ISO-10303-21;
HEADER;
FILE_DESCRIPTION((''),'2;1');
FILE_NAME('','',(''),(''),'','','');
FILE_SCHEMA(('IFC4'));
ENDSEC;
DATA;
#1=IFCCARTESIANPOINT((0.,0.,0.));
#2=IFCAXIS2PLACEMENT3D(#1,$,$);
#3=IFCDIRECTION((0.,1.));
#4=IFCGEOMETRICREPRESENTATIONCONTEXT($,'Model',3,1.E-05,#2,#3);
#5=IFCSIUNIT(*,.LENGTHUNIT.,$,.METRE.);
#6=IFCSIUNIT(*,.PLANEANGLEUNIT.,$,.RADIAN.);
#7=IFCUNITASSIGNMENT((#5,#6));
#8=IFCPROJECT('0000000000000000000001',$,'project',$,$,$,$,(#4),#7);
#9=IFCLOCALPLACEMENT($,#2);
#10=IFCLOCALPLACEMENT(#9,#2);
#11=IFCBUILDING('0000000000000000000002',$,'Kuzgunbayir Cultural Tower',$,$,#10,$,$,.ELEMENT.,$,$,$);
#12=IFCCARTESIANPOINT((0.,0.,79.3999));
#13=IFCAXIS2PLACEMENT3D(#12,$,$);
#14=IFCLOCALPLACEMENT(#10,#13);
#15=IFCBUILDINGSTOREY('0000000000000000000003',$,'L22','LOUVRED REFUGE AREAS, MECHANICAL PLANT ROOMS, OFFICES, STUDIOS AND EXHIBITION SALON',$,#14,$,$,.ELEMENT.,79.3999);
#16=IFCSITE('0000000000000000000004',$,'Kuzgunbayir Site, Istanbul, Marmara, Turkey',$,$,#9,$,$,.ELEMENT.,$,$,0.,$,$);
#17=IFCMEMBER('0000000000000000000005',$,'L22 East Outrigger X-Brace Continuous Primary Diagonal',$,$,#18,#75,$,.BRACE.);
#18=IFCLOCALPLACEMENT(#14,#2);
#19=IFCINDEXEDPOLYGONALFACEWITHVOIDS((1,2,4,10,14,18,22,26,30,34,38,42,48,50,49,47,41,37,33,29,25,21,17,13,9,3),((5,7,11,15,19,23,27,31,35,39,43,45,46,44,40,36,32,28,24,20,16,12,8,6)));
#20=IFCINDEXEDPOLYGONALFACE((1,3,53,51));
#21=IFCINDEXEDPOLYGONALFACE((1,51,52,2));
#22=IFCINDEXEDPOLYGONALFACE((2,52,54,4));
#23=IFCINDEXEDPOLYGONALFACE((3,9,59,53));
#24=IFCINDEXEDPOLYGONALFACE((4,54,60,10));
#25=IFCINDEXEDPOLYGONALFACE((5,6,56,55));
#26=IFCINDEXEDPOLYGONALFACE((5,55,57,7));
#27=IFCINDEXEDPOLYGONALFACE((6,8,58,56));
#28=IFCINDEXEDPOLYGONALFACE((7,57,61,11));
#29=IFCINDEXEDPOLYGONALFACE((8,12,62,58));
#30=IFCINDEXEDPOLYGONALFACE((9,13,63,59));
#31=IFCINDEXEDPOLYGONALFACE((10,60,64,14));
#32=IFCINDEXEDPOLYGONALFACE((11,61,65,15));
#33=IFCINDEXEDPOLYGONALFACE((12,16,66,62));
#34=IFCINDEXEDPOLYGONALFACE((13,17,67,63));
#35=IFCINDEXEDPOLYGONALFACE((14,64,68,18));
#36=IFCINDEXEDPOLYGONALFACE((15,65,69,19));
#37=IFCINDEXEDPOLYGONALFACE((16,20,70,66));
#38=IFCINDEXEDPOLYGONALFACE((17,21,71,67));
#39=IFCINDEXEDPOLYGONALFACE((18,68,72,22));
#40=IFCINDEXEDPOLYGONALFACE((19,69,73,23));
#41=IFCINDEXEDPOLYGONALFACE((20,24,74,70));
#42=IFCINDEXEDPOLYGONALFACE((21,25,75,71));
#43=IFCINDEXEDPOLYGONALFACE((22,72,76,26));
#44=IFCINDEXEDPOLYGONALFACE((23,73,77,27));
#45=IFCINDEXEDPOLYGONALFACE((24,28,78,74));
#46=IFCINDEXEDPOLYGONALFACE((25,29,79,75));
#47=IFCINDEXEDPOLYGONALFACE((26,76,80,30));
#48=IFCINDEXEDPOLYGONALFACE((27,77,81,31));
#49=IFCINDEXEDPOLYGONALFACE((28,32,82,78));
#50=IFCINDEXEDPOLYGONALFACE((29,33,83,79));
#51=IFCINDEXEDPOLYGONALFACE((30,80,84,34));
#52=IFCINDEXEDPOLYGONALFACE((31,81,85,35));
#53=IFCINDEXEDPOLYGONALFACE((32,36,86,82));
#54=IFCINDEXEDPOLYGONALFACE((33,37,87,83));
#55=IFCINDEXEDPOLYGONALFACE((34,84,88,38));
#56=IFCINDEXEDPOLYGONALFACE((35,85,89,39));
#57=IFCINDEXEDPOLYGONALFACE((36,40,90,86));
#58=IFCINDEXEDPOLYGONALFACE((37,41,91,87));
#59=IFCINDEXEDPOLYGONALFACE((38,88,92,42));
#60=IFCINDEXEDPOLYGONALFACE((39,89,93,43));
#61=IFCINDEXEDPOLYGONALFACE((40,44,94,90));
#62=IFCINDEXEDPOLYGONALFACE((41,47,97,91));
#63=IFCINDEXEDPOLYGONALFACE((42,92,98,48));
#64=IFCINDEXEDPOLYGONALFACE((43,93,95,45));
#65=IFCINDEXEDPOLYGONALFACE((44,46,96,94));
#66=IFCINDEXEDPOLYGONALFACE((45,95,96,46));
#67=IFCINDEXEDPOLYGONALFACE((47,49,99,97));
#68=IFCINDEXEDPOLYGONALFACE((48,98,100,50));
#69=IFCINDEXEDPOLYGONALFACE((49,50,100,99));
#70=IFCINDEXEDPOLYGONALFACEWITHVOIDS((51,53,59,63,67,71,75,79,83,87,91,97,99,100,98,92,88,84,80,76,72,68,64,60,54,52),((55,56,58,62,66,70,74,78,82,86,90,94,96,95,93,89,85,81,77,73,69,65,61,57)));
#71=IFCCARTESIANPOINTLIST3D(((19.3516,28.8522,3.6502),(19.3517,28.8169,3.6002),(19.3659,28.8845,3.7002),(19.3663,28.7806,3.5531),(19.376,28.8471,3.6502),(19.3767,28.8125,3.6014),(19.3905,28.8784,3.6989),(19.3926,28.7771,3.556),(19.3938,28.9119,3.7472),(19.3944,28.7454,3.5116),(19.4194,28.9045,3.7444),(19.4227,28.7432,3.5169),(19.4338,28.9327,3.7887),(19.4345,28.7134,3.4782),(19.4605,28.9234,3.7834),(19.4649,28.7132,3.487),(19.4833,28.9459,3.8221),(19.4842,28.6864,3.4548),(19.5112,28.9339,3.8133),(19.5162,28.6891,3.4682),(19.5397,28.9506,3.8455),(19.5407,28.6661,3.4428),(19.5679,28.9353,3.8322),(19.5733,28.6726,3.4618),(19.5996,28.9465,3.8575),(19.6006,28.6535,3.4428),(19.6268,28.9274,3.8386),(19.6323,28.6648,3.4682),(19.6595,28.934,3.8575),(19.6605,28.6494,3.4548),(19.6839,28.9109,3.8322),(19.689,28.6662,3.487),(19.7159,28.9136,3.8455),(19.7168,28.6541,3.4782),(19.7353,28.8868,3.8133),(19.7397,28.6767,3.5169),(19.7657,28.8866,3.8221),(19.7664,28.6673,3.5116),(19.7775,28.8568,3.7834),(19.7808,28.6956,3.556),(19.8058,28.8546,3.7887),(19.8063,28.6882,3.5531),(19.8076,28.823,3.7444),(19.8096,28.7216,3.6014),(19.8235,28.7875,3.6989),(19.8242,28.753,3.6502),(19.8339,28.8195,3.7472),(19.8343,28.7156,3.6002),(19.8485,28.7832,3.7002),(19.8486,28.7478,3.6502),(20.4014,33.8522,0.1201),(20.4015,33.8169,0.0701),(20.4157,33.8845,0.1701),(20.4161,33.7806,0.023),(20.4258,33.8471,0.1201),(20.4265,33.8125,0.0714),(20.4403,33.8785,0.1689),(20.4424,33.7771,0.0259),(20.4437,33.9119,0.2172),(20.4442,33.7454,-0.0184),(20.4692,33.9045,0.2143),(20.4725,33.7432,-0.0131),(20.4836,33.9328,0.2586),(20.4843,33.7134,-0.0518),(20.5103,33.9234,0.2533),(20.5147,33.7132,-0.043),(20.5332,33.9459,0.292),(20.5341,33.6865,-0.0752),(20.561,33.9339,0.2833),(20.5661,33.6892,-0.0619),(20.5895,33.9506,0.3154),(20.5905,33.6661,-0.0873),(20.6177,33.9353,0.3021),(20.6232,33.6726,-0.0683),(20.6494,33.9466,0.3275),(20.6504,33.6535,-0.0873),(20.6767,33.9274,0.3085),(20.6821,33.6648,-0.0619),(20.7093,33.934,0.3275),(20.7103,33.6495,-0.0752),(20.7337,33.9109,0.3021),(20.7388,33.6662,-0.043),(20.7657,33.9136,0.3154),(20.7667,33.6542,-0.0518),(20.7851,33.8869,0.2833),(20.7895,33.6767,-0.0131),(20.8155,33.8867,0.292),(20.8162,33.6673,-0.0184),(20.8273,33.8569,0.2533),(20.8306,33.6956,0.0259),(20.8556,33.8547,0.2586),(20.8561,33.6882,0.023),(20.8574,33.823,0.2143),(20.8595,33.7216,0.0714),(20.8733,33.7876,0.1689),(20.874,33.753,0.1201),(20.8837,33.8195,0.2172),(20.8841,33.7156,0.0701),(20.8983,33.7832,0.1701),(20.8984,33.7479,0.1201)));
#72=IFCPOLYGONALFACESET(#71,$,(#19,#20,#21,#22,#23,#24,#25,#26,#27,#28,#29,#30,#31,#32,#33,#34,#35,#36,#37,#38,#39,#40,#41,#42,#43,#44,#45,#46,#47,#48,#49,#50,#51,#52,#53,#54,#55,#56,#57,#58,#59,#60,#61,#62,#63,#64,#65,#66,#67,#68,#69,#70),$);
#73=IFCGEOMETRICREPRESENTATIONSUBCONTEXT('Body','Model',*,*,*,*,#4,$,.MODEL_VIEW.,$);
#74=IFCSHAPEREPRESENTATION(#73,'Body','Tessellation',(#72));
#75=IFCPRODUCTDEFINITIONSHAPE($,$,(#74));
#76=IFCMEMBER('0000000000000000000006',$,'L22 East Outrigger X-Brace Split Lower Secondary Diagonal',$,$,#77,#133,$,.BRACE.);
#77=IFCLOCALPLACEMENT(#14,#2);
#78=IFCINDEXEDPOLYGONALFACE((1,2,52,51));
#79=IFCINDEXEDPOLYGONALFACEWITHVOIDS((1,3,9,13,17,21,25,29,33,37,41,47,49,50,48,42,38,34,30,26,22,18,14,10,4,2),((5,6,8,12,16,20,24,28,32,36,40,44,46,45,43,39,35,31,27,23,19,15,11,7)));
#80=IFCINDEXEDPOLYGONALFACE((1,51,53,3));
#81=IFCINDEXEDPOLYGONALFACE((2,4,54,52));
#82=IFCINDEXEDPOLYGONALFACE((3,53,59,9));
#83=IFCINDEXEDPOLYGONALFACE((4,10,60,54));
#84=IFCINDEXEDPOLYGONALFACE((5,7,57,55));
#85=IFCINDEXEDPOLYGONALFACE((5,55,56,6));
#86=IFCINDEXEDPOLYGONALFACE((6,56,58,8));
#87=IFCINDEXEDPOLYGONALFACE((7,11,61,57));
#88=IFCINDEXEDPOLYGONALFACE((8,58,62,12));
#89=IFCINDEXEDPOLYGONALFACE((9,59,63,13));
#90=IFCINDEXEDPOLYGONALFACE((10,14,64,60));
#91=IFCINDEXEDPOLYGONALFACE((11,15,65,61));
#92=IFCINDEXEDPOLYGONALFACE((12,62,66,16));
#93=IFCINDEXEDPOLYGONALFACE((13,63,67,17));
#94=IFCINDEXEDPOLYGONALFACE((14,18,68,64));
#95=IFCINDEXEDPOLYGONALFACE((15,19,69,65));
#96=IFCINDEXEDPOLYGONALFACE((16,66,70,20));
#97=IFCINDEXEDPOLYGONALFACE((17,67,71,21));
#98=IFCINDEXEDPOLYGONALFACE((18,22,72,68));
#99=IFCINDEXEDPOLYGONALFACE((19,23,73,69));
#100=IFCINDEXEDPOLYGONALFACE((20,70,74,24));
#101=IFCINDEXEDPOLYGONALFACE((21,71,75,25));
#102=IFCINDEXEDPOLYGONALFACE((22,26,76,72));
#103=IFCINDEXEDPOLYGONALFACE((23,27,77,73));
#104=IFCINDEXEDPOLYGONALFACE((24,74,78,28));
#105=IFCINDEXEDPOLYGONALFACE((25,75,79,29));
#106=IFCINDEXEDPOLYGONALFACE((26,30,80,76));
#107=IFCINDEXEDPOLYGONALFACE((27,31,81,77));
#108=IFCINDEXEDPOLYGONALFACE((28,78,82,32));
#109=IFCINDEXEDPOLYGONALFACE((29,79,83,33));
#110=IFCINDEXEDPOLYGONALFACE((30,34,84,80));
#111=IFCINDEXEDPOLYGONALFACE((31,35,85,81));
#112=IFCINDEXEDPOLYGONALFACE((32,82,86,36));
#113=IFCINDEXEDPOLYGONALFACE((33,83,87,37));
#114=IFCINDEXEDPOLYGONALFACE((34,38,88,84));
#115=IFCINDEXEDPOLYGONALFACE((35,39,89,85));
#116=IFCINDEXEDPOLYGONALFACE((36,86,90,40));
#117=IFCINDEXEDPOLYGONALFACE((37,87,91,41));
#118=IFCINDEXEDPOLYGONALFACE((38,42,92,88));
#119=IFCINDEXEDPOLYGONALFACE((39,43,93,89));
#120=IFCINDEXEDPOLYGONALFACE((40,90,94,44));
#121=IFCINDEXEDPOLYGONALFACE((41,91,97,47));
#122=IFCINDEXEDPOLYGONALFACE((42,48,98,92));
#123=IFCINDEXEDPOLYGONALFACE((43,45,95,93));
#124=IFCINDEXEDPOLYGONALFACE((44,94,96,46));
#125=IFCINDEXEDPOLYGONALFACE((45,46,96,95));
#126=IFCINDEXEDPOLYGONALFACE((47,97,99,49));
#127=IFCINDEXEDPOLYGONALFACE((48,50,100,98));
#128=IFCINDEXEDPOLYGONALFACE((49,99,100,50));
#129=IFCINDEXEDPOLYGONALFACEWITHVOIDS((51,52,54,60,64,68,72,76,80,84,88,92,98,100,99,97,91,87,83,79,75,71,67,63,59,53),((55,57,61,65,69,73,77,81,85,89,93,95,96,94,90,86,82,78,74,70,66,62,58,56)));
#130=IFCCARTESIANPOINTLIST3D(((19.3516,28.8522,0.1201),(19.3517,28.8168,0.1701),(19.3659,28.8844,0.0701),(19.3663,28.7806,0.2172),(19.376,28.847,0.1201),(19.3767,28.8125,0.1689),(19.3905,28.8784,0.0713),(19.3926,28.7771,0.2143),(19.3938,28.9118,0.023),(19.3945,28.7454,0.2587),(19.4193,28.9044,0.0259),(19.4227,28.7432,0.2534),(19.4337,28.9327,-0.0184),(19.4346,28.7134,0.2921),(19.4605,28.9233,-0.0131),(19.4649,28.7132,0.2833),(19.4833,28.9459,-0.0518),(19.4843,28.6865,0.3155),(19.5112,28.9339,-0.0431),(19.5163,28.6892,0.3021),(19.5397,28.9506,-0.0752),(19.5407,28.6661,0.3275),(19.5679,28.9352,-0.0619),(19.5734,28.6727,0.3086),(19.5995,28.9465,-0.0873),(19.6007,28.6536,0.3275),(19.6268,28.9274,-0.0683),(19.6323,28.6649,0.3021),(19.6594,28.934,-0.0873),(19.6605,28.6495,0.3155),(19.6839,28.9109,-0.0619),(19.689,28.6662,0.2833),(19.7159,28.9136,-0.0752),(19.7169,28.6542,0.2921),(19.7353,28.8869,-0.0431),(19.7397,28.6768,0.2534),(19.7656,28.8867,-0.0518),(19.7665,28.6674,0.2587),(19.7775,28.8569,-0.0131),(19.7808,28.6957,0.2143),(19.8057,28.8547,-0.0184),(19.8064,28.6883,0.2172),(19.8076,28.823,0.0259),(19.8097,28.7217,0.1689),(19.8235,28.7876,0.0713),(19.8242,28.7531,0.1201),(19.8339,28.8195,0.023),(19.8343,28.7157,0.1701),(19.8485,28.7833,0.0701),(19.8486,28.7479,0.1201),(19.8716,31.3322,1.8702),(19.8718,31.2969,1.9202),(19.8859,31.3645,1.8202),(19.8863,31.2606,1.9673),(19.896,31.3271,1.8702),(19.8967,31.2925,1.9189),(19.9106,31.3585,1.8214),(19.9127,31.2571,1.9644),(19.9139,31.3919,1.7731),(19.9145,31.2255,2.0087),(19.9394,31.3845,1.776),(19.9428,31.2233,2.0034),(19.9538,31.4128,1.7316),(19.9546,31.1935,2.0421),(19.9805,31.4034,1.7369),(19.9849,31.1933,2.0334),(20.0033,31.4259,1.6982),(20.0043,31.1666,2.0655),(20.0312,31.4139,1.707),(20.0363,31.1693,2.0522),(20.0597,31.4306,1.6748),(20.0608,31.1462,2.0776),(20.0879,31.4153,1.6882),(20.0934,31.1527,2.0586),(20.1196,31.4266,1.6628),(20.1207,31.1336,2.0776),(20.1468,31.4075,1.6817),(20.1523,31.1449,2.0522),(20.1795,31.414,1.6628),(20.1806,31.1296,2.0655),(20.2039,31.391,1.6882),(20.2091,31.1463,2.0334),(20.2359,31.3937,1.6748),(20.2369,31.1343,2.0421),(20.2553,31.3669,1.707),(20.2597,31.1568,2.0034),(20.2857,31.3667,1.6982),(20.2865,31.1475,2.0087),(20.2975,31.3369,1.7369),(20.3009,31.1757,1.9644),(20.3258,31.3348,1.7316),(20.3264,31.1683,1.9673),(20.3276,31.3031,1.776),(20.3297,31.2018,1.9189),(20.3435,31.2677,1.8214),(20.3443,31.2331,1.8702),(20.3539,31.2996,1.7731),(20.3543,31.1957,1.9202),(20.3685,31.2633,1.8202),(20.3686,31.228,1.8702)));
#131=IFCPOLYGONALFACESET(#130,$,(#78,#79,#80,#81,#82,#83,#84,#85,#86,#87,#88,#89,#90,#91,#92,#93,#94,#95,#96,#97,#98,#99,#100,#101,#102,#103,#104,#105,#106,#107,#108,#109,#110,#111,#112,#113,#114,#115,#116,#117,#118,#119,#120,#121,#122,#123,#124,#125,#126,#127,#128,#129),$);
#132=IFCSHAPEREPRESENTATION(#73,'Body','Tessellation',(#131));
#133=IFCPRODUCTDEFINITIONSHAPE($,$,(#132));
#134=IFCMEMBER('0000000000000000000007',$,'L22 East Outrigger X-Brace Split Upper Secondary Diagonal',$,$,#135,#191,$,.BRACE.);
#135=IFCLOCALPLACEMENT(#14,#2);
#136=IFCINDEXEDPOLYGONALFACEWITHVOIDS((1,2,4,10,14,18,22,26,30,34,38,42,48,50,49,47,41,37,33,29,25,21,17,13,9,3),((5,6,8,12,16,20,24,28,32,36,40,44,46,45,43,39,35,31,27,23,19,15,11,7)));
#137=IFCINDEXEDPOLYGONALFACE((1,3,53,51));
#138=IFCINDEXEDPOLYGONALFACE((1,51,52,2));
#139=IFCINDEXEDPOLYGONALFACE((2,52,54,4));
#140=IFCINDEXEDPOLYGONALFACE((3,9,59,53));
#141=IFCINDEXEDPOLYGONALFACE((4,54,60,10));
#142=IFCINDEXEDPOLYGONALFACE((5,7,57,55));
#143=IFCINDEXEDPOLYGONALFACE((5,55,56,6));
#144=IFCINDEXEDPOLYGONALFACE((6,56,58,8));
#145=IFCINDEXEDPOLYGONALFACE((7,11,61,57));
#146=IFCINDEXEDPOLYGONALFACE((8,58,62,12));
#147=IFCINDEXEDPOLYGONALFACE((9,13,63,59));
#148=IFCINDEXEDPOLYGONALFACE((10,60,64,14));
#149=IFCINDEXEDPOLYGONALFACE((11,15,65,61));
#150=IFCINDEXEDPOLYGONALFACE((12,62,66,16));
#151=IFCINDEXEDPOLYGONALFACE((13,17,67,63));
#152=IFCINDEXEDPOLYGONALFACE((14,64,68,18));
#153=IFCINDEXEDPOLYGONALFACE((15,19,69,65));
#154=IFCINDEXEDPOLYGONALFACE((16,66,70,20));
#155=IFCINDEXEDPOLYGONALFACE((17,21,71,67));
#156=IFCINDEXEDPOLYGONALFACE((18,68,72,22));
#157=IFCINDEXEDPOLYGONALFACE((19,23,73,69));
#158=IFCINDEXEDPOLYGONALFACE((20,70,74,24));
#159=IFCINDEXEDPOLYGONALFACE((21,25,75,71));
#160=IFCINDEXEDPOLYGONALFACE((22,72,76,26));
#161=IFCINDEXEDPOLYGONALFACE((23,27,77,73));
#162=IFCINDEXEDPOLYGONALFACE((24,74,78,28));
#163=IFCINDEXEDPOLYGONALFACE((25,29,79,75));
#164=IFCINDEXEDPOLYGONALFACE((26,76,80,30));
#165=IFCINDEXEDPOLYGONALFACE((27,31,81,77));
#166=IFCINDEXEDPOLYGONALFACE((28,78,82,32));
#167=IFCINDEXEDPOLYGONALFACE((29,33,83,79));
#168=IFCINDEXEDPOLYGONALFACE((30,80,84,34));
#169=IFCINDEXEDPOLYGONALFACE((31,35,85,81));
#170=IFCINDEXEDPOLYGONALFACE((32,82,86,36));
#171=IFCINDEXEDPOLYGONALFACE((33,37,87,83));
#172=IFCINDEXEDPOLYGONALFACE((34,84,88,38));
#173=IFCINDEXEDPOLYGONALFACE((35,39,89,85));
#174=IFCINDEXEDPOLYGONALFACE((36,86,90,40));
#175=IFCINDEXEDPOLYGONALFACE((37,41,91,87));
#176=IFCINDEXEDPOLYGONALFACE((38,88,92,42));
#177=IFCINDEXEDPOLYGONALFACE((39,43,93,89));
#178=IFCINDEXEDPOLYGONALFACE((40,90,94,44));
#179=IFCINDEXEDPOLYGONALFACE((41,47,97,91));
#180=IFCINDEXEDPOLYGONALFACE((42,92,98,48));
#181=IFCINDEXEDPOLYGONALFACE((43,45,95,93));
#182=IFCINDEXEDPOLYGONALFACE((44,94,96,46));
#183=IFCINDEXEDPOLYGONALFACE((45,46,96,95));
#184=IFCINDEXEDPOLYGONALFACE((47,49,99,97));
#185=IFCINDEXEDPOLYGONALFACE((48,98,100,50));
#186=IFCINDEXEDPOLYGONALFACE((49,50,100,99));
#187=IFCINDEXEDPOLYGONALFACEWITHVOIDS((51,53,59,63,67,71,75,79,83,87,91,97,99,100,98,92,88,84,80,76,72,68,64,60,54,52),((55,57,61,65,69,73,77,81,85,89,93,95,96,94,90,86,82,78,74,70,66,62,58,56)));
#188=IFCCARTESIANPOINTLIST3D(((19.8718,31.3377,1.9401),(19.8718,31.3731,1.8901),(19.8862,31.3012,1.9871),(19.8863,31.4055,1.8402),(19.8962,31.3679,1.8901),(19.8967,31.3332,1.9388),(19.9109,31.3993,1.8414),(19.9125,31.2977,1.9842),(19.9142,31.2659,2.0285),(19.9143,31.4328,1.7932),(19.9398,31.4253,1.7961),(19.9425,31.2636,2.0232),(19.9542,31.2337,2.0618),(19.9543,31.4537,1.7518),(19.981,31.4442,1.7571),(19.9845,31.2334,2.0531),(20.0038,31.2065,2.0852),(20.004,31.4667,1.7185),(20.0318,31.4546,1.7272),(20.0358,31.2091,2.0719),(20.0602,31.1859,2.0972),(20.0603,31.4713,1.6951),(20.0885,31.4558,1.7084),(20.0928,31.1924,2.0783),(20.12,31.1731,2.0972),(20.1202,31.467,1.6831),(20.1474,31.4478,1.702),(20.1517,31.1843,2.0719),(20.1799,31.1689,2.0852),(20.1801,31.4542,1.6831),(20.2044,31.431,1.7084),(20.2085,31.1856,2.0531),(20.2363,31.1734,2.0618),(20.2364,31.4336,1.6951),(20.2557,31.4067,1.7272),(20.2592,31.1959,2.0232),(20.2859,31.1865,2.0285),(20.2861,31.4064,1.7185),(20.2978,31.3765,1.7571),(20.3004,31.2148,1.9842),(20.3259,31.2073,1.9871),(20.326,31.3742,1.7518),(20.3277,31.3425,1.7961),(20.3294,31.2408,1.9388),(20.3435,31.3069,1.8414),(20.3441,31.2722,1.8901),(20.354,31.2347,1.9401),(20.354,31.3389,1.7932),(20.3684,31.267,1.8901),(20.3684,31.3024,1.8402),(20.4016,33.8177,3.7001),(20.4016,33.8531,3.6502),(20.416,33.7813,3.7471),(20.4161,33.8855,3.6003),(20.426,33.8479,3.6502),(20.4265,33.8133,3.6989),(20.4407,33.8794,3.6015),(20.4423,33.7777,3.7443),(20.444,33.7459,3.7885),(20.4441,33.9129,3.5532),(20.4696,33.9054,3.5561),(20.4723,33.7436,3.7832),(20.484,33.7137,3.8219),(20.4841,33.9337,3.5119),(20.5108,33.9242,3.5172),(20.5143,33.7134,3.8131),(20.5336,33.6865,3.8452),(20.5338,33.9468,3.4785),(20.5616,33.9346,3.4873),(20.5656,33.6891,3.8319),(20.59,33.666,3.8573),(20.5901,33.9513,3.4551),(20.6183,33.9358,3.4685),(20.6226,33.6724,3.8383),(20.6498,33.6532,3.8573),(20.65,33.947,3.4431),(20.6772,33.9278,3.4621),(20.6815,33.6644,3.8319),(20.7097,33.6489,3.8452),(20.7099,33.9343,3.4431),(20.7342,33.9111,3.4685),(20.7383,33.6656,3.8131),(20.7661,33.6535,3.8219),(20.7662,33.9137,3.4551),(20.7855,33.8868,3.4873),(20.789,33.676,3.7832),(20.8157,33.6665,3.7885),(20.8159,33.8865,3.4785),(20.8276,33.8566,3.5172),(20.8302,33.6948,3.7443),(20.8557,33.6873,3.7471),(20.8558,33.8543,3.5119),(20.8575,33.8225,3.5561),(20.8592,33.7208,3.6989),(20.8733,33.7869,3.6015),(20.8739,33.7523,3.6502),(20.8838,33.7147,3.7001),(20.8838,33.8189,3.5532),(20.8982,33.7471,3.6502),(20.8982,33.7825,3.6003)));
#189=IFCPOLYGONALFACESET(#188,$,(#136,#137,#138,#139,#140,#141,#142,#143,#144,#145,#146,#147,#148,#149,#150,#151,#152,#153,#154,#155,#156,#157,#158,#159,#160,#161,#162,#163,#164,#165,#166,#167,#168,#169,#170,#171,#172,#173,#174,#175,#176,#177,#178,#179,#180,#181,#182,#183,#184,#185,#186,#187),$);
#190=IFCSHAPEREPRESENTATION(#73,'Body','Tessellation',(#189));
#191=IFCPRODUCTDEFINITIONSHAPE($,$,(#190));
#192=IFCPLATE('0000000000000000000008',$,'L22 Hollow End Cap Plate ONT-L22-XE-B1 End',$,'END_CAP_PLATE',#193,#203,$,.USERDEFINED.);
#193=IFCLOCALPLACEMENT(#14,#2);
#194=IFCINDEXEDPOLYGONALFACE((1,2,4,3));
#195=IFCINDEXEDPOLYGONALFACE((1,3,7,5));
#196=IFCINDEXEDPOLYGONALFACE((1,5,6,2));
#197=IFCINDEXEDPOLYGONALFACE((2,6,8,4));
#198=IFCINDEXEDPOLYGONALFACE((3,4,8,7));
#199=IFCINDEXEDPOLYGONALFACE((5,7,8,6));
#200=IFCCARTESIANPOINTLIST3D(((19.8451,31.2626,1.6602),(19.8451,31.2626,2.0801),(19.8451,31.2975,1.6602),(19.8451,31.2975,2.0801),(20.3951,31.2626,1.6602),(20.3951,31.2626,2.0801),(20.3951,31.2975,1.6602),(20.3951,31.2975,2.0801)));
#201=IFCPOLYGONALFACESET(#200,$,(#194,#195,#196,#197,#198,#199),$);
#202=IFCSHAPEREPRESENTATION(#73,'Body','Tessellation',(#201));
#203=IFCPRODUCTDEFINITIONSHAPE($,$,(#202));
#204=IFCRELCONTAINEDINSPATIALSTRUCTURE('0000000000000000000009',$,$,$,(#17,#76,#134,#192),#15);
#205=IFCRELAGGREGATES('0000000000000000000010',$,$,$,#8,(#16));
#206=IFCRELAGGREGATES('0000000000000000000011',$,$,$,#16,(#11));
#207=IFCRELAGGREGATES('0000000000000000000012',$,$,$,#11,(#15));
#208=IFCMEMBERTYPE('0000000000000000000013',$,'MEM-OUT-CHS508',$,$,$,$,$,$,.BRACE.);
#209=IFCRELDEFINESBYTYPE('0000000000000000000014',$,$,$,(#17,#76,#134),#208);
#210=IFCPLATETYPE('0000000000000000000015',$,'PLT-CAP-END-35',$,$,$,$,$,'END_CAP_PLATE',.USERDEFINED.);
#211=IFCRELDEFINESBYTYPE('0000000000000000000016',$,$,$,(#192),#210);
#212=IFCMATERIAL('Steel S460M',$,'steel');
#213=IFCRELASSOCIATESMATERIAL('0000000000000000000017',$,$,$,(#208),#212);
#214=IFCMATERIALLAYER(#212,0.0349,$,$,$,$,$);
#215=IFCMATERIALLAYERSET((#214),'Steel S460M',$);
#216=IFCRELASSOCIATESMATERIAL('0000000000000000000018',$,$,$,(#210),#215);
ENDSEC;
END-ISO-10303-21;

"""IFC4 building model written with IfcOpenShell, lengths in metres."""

from ifc_helpers import new_model, si_unit, direction, frame, origin, origin_2d, place, context, subcontext, project, spatial, rectangle, hollow_circle, extrude, material, layer, layer_set, material_profile, profile_set, type_object, element, save


model = new_model("IFC4")

# Units and contexts
model_context = context("Model", 3, precision=1e-05, world=origin(), true_north=direction((0.0, 1.0)))
body_context = subcontext(model_context, "Body", "Model", "MODEL_VIEW")
ifc_project = project(units=[si_unit("LENGTHUNIT", "METRE"), si_unit("PLANEANGLEUNIT", "RADIAN")], contexts=[model_context])

# Site, building, storey
site_placement = place(None, origin())
site = spatial("IfcSite", under=ifc_project, at=site_placement, Name="Kuzgunbayir Site, Istanbul, Marmara, Turkey", CompositionType="ELEMENT", RefElevation=0.0)
building_placement = place(site_placement, origin())
building = spatial("IfcBuilding", under=site, at=building_placement, Name="Kuzgunbayir Cultural Tower", CompositionType="ELEMENT")
storey_placement = place(building_placement, frame((0.0, 0.0, 79.3999)))
storey = spatial("IfcBuildingStorey", under=building, at=storey_placement, Name="L22", Description="LOUVRED REFUGE AREAS, MECHANICAL PLANT ROOMS, OFFICES, STUDIOS AND EXHIBITION SALON", CompositionType="ELEMENT", Elevation=79.3999)

# Members
ifc_material_1 = material(Name="Steel S460M", Category="steel")
ifc_material_profile_1 = material_profile(ifc_material_1, hollow_circle(Radius=0.2539, WallThickness=0.0249, at=origin_2d()), Name="CHS 508x25")
ifc_profile_set_1 = profile_set([ifc_material_profile_1], Name="Steel S460M")
member_type = type_object("IfcMemberType", Name="MEM-OUT-CHS508", PredefinedType="BRACE", material=ifc_profile_set_1)
member_1_placement = place(storey_placement, frame((20.6499, 33.8, 0.1201), z_axis=(-0.169053, -0.805162, 0.568449), x_axis=(0.978661, -0.205481, 0.0)))
element("IfcMember", 1, at=member_1_placement, inside=storey, type_object=member_type, Name="L22 East Outrigger X-Brace Continuous Primary Diagonal", PredefinedType="BRACE", context=body_context, shape_type="SweptSolid", body=[
    extrude(hollow_circle(Radius=0.2539, WallThickness=0.0249, at=origin_2d()), origin(), (0.0, 0.0, 1.0), 6.21),
])
member_2_placement = place(storey_placement, frame((19.6001, 28.8, 0.1201), z_axis=(0.168866, 0.805323, 0.568277), x_axis=(-0.978715, 0.205224, 0.0)))
element("IfcMember", 2, at=member_2_placement, inside=storey, type_object=member_type, Name="L22 East Outrigger X-Brace Split Lower Secondary Diagonal", PredefinedType="BRACE", context=body_context, shape_type="SweptSolid", body=[
    extrude(hollow_circle(Radius=0.2539, WallThickness=0.0249, at=origin_2d()), origin(), (0.0, 0.0, 1.0), 3.0796),
])
member_3_placement = place(storey_placement, frame((20.1201, 31.3201, 1.8901), z_axis=(0.171627, 0.803403, 0.570165), x_axis=(-0.977935, 0.208911, 0.0)))
element("IfcMember", 3, at=member_3_placement, inside=storey, type_object=member_type, Name="L22 East Outrigger X-Brace Split Upper Secondary Diagonal", PredefinedType="BRACE", context=body_context, shape_type="SweptSolid", body=[
    extrude(hollow_circle(Radius=0.2539, WallThickness=0.0249, at=origin_2d()), origin(), (0.0, 0.0, 1.0), 3.0869),
])

# Plate
ifc_layer_1 = layer(ifc_material_1, 0.0349)
ifc_layer_set_1 = layer_set([ifc_layer_1], Name="Steel S460M")
plate_type_1 = type_object("IfcPlateType", Name="PLT-CAP-END-35", ElementType="END_CAP_PLATE", PredefinedType="USERDEFINED", material=ifc_layer_set_1)
for number, where, z_axis, x_axis, name in (
    (4, (20.1201, 31.28, 1.6602), (0.0, 0.0, 1.0), (1.0, 0.0, 0.0), "L22 Hollow End Cap Plate ONT-L22-XE-B1 End"),
):
    element("IfcPlate", number, at=place(storey_placement, frame(where, z_axis=z_axis, x_axis=x_axis)), inside=storey, type_object=plate_type_1, Name=name, ObjectType="END_CAP_PLATE", PredefinedType="USERDEFINED", context=body_context, shape_type="SweptSolid", body=[
        extrude(rectangle(XDim=0.55, YDim=0.0349, at=origin_2d()), origin(), (0.0, 0.0, 1.0), 0.4199),
    ])

save(model, "model.ifc")
